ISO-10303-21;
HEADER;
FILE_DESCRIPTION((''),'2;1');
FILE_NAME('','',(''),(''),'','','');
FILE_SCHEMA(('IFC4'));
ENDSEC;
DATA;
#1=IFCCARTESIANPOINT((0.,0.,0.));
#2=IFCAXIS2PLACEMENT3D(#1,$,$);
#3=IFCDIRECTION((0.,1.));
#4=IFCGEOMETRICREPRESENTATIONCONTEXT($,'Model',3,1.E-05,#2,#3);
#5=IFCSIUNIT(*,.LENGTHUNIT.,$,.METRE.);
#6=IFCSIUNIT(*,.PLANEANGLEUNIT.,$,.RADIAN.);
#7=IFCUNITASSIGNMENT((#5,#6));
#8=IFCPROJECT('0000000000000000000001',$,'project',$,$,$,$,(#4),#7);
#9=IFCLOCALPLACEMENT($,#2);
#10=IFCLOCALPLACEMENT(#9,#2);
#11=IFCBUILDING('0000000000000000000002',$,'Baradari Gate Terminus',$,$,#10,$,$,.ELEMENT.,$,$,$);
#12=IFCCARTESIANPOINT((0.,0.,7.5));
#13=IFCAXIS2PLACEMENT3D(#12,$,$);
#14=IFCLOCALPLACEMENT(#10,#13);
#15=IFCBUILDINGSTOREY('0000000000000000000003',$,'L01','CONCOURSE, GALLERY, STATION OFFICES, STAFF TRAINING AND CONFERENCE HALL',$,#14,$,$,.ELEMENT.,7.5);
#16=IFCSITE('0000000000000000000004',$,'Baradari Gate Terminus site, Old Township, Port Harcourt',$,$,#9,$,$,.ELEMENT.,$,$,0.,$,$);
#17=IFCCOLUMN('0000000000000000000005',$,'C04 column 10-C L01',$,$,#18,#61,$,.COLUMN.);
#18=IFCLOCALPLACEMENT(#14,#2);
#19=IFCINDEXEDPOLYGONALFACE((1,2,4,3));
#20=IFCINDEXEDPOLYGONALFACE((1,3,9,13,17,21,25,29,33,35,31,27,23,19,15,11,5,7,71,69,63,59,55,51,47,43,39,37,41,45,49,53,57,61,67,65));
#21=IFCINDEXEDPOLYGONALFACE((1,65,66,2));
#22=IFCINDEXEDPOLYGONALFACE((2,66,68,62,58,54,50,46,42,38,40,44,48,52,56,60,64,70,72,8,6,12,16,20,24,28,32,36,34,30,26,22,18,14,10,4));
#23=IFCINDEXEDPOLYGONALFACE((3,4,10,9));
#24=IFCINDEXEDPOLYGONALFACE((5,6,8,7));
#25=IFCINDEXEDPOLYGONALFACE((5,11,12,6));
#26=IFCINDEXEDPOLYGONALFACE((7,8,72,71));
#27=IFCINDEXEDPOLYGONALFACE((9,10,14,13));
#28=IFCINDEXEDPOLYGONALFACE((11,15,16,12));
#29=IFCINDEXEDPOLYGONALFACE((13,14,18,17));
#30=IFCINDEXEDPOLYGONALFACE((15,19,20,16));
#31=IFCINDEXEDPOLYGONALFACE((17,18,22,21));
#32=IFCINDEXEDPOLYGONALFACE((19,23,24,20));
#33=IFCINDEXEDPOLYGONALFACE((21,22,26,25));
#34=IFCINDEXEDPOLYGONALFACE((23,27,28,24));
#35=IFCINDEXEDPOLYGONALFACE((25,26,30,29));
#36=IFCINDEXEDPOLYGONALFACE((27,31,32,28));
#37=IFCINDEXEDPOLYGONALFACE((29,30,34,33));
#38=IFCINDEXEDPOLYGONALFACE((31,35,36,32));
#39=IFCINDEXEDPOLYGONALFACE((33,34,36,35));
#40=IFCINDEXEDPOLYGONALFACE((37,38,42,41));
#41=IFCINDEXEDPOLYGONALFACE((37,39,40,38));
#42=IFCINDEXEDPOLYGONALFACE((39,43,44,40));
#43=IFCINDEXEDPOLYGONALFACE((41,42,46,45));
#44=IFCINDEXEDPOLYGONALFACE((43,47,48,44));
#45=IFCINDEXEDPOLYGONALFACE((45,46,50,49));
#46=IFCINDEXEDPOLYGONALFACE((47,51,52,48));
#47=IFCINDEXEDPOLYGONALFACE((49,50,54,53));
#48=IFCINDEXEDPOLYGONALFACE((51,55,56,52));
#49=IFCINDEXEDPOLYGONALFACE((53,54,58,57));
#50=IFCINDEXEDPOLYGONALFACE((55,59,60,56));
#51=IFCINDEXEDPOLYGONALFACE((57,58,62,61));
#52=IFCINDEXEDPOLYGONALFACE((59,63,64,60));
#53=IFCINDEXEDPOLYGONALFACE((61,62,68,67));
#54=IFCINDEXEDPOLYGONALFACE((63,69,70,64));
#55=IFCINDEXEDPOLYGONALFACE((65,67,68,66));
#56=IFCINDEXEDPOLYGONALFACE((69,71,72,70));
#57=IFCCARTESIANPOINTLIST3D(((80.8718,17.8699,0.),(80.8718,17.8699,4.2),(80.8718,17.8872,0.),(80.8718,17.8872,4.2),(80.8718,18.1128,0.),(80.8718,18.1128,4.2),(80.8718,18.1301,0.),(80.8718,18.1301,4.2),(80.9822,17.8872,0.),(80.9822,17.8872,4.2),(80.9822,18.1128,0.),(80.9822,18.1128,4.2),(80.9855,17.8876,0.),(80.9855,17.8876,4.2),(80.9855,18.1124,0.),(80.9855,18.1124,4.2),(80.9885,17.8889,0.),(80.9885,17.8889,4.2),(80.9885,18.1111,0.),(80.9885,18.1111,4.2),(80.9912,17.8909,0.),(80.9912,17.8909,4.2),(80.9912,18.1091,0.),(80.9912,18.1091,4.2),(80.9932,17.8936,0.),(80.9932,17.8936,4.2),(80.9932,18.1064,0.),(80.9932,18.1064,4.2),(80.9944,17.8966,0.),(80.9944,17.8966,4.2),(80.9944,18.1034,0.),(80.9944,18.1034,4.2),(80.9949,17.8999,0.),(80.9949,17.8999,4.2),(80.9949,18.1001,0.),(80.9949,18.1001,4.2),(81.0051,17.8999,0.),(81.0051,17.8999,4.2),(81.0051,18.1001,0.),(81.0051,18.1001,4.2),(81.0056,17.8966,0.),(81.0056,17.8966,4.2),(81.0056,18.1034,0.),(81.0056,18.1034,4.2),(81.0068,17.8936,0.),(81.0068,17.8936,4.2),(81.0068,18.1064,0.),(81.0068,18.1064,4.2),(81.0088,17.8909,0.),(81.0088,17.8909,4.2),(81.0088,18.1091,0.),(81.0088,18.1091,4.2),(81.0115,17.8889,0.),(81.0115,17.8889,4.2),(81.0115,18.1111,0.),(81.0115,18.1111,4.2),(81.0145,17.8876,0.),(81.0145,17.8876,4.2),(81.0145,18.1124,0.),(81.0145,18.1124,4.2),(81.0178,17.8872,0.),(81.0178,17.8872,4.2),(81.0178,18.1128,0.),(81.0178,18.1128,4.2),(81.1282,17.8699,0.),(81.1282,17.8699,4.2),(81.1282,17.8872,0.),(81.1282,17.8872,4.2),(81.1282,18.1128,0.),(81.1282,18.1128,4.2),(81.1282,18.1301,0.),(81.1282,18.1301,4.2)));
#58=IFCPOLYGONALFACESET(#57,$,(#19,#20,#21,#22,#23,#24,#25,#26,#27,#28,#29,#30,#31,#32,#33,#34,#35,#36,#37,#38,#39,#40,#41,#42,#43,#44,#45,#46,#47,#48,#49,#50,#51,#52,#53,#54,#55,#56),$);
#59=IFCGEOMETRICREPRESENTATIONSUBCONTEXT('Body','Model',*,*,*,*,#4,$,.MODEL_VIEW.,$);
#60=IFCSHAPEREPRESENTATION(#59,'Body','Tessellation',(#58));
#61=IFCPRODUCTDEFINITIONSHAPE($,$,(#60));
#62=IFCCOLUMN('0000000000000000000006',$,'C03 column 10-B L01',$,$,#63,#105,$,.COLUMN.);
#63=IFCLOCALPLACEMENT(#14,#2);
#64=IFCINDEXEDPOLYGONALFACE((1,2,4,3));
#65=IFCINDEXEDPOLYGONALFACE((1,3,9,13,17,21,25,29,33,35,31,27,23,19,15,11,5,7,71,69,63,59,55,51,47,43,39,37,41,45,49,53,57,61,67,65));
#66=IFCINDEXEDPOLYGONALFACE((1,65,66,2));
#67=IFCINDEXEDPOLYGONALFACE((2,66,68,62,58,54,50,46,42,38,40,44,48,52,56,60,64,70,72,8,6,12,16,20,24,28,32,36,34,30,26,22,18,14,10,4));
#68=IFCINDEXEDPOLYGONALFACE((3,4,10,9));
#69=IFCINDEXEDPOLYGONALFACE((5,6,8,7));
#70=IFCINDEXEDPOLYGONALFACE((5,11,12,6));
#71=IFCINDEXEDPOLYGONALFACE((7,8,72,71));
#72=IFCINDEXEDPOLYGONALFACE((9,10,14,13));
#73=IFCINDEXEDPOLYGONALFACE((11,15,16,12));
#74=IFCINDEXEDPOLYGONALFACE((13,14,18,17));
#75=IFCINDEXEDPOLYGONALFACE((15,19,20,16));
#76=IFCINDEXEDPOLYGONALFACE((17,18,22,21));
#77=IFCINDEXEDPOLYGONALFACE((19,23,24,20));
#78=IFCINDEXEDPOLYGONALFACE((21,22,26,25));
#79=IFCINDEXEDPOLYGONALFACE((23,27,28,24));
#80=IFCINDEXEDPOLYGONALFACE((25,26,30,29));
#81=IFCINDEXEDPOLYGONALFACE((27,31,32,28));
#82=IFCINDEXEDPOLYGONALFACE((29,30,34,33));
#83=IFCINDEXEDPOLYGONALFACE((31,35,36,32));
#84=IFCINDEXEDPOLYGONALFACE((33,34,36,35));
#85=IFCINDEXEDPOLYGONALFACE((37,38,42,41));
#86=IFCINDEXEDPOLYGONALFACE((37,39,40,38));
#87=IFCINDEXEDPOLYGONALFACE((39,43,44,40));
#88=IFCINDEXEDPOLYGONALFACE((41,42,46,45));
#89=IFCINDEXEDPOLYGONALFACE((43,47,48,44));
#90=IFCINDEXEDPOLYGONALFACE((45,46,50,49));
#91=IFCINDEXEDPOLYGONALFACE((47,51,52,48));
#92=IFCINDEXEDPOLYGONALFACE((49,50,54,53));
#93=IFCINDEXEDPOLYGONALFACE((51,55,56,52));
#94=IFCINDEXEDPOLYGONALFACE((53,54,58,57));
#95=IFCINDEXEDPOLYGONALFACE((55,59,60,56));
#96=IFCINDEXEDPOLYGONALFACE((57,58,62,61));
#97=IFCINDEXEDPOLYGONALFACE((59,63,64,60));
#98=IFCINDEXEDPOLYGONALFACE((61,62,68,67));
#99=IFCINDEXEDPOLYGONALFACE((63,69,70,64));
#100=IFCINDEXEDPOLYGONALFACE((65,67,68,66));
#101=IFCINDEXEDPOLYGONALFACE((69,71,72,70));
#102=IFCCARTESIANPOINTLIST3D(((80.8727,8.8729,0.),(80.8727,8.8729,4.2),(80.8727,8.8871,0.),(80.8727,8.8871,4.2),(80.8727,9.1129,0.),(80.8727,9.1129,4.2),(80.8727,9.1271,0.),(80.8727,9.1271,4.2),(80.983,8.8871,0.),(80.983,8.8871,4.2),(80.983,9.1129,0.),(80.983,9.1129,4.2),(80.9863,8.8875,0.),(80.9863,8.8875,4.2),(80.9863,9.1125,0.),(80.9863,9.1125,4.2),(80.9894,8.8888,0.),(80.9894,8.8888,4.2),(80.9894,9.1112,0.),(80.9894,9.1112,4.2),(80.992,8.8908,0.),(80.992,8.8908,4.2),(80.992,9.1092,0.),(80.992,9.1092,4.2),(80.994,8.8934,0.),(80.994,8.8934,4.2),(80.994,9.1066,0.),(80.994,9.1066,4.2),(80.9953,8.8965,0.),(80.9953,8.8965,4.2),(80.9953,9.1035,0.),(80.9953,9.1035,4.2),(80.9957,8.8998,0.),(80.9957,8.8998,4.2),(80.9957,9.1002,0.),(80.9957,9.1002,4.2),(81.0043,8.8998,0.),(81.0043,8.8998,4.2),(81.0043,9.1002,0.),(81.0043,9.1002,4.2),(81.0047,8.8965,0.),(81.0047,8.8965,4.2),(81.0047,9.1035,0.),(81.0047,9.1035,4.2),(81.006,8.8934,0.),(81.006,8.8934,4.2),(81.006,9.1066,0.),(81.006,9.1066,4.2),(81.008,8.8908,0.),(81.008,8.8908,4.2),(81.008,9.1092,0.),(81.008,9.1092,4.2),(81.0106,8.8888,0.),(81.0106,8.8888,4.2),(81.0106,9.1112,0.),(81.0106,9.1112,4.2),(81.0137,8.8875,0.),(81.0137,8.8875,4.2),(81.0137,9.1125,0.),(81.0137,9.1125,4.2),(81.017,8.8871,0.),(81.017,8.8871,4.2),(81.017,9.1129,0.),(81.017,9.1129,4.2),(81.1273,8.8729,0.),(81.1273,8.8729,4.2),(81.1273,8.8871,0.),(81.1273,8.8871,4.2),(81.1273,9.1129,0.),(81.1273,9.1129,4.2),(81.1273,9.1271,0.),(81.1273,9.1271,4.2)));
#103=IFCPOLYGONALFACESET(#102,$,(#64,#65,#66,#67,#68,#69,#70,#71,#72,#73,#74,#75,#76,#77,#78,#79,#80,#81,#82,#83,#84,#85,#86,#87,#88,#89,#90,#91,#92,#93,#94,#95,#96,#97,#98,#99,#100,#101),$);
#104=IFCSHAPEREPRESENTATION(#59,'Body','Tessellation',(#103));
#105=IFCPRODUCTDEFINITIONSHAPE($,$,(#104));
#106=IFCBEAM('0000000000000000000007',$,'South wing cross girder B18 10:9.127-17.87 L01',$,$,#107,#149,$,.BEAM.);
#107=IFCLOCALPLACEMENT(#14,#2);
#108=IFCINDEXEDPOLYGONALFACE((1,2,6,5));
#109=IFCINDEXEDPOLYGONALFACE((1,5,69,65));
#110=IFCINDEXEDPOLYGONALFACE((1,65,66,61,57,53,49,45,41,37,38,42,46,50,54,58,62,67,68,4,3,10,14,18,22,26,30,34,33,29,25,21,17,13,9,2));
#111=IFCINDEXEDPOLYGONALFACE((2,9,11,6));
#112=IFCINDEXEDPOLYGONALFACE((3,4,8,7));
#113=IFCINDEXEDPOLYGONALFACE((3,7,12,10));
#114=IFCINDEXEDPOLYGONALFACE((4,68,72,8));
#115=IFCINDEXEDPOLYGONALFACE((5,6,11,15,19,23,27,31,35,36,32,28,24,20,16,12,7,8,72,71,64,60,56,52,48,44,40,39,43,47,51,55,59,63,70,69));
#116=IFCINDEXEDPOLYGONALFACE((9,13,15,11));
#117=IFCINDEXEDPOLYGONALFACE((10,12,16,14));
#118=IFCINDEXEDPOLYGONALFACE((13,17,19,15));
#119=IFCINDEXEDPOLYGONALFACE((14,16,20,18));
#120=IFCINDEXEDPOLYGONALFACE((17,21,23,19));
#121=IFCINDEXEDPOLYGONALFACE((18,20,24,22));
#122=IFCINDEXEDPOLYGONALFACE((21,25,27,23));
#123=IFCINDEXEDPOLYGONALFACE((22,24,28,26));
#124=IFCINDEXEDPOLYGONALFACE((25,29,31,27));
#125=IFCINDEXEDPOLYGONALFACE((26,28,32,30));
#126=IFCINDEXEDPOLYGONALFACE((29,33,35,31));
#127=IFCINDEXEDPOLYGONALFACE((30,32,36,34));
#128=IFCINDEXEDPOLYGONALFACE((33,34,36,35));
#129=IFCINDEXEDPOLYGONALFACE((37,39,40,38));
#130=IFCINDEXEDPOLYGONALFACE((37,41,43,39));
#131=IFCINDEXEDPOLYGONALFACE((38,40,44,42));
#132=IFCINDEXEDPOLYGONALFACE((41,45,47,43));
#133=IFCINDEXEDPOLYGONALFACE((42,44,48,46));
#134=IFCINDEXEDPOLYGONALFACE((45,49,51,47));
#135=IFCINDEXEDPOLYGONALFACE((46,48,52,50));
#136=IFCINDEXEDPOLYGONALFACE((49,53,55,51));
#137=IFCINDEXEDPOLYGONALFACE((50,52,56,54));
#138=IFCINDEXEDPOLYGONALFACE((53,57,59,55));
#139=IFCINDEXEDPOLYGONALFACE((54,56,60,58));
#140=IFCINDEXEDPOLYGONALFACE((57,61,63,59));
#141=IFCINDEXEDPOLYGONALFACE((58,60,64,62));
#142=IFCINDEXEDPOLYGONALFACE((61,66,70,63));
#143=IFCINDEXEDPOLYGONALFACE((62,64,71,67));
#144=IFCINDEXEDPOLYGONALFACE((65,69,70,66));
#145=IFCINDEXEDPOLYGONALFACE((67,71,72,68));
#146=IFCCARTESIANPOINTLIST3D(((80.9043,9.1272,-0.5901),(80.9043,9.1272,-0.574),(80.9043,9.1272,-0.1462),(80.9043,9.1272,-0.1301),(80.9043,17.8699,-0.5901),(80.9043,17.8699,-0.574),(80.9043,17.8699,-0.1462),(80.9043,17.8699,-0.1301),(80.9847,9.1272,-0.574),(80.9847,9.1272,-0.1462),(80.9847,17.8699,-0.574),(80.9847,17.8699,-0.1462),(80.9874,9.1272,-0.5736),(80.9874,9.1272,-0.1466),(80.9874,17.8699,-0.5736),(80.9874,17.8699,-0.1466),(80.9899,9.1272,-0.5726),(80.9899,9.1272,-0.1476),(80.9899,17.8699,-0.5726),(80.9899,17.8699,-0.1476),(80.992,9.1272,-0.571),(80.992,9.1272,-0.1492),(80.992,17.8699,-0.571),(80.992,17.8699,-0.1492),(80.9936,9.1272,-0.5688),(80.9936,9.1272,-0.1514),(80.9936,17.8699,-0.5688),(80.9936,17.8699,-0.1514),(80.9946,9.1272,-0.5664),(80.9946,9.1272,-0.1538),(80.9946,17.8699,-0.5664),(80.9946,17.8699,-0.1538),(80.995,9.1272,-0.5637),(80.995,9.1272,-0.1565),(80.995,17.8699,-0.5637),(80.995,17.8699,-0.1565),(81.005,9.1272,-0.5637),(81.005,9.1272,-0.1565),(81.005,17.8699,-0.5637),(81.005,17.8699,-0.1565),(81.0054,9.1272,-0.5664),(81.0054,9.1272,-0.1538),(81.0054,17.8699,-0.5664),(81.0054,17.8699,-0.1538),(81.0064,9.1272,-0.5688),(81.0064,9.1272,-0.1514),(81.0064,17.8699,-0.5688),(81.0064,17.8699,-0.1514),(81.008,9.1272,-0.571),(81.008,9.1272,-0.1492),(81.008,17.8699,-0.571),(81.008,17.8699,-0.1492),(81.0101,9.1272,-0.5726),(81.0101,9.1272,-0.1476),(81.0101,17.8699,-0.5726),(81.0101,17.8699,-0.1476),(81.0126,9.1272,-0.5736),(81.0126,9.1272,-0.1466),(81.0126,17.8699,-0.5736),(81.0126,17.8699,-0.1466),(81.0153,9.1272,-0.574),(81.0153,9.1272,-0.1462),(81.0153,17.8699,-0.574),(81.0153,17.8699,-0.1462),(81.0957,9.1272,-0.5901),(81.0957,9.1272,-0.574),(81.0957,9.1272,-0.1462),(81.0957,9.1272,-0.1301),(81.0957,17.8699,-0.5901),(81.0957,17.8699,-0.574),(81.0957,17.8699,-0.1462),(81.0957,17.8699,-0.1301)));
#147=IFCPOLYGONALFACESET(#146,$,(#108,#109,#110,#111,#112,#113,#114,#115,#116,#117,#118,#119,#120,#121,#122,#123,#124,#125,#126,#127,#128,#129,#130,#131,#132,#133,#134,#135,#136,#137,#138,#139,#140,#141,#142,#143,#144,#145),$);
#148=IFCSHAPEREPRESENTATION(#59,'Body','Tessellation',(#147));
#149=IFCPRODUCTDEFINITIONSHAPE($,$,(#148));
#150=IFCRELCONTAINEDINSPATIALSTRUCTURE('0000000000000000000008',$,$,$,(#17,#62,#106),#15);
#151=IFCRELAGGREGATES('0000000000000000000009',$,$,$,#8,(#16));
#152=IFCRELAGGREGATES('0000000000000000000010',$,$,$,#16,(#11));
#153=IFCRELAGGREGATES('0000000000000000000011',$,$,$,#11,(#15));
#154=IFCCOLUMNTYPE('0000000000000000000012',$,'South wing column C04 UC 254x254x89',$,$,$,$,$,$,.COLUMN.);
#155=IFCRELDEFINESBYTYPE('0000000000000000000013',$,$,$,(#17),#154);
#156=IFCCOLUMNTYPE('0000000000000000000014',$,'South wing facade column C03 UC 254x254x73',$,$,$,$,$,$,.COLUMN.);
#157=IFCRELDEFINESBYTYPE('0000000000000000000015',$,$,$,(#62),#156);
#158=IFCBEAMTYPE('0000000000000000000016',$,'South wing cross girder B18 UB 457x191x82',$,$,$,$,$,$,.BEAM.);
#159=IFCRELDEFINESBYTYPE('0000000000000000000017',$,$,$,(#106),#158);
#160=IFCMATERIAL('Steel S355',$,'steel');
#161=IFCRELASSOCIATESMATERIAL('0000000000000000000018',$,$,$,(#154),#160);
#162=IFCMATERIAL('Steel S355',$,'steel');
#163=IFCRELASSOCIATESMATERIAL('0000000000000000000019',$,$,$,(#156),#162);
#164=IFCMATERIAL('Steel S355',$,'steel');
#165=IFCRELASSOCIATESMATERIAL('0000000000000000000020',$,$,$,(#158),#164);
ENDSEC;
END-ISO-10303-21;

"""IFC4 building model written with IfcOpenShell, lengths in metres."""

from ifc_helpers import new_model, si_unit, direction, frame, origin, origin_2d, place, context, subcontext, project, spatial, i_section, extrude, material, material_profile, profile_set, type_object, element, save


model = new_model("IFC4")

# Units and contexts
model_context = context("Model", 3, precision=1e-05, world=origin(), true_north=direction((0.0, 1.0)))
body_context = subcontext(model_context, "Body", "Model", "MODEL_VIEW")
ifc_project = project(units=[si_unit("LENGTHUNIT", "METRE"), si_unit("PLANEANGLEUNIT", "RADIAN")], contexts=[model_context])

# Site, building, storey
site_placement = place(None, origin())
site = spatial("IfcSite", under=ifc_project, at=site_placement, Name="Baradari Gate Terminus site, Old Township, Port Harcourt", CompositionType="ELEMENT", RefElevation=0.0)
building_placement = place(site_placement, origin())
building = spatial("IfcBuilding", under=site, at=building_placement, Name="Baradari Gate Terminus", CompositionType="ELEMENT")
storey_placement = place(building_placement, frame((0.0, 0.0, 7.5)))
storey = spatial("IfcBuildingStorey", under=building, at=storey_placement, Name="L01", Description="CONCOURSE, GALLERY, STATION OFFICES, STAFF TRAINING AND CONFERENCE HALL", CompositionType="ELEMENT", Elevation=7.5)

# Columns
ifc_material_1 = material(Name="Steel S355", Category="steel")
ifc_material_profile_1 = material_profile(ifc_material_1, i_section(OverallWidth=0.2563, OverallDepth=0.2603, WebThickness=0.0103, FlangeThickness=0.0173, FilletRadius=0.0127, at=origin_2d()), Name="UC 254x254x89")
ifc_profile_set_1 = profile_set([ifc_material_profile_1], Name="Steel S355")
column_type_1 = type_object("IfcColumnType", Name="South wing column C04 UC 254x254x89", PredefinedType="COLUMN", material=ifc_profile_set_1)
column_1_placement = place(storey_placement, frame((81.0, 18.0, 0.0), z_axis=(0.0, 0.0, 1.0), x_axis=(1.0, 0.0, 0.0)))
element("IfcColumn", 1, at=column_1_placement, inside=storey, type_object=column_type_1, Name="C04 column 10-C L01", PredefinedType="COLUMN", context=body_context, shape_type="SweptSolid", body=[
    extrude(i_section(OverallWidth=0.2563, OverallDepth=0.2603, WebThickness=0.0103, FlangeThickness=0.0173, FilletRadius=0.0127, at=origin_2d()), origin(), (0.0, 0.0, 1.0), 4.2),
])
ifc_material_2 = material(Name="Steel S355", Category="steel")
ifc_material_profile_2 = material_profile(ifc_material_2, i_section(OverallWidth=0.2546, OverallDepth=0.2542, WebThickness=0.0085, FlangeThickness=0.0142, FilletRadius=0.0127, at=origin_2d()), Name="UC 254x254x73")
ifc_profile_set_2 = profile_set([ifc_material_profile_2], Name="Steel S355")
column_type_2 = type_object("IfcColumnType", Name="South wing facade column C03 UC 254x254x73", PredefinedType="COLUMN", material=ifc_profile_set_2)
column_2_placement = place(storey_placement, frame((81.0, 9.0, 0.0), z_axis=(0.0, 0.0, 1.0), x_axis=(1.0, 0.0, 0.0)))
element("IfcColumn", 2, at=column_2_placement, inside=storey, type_object=column_type_2, Name="C03 column 10-B L01", PredefinedType="COLUMN", context=body_context, shape_type="SweptSolid", body=[
    extrude(i_section(OverallWidth=0.2546, OverallDepth=0.2542, WebThickness=0.0085, FlangeThickness=0.0142, FilletRadius=0.0127, at=origin_2d()), origin(), (0.0, 0.0, 1.0), 4.2),
])

# Beam
ifc_material_3 = material(Name="Steel S355", Category="steel")
ifc_material_profile_3 = material_profile(ifc_material_3, i_section(OverallWidth=0.1914, OverallDepth=0.46, WebThickness=0.01, FlangeThickness=0.0161, FilletRadius=0.0103, at=origin_2d()), Name="UB 457x191x82")
ifc_profile_set_3 = profile_set([ifc_material_profile_3], Name="Steel S355")
beam_type_1 = type_object("IfcBeamType", Name="South wing cross girder B18 UB 457x191x82", PredefinedType="BEAM", material=ifc_profile_set_3)
beam_1_placement = place(storey_placement, frame((81.0, 9.1272, -0.3601), z_axis=(0.0, 1.0, 0.0), x_axis=(-1.0, 0.0, 0.0)))
element("IfcBeam", 3, at=beam_1_placement, inside=storey, type_object=beam_type_1, Name="South wing cross girder B18 10:9.127-17.87 L01", PredefinedType="BEAM", context=body_context, shape_type="SweptSolid", body=[
    extrude(i_section(OverallWidth=0.1914, OverallDepth=0.46, WebThickness=0.01, FlangeThickness=0.0161, FilletRadius=0.0103, at=origin_2d()), origin(), (0.0, 0.0, 1.0), 8.7427),
])

save(model, "model.ifc")
